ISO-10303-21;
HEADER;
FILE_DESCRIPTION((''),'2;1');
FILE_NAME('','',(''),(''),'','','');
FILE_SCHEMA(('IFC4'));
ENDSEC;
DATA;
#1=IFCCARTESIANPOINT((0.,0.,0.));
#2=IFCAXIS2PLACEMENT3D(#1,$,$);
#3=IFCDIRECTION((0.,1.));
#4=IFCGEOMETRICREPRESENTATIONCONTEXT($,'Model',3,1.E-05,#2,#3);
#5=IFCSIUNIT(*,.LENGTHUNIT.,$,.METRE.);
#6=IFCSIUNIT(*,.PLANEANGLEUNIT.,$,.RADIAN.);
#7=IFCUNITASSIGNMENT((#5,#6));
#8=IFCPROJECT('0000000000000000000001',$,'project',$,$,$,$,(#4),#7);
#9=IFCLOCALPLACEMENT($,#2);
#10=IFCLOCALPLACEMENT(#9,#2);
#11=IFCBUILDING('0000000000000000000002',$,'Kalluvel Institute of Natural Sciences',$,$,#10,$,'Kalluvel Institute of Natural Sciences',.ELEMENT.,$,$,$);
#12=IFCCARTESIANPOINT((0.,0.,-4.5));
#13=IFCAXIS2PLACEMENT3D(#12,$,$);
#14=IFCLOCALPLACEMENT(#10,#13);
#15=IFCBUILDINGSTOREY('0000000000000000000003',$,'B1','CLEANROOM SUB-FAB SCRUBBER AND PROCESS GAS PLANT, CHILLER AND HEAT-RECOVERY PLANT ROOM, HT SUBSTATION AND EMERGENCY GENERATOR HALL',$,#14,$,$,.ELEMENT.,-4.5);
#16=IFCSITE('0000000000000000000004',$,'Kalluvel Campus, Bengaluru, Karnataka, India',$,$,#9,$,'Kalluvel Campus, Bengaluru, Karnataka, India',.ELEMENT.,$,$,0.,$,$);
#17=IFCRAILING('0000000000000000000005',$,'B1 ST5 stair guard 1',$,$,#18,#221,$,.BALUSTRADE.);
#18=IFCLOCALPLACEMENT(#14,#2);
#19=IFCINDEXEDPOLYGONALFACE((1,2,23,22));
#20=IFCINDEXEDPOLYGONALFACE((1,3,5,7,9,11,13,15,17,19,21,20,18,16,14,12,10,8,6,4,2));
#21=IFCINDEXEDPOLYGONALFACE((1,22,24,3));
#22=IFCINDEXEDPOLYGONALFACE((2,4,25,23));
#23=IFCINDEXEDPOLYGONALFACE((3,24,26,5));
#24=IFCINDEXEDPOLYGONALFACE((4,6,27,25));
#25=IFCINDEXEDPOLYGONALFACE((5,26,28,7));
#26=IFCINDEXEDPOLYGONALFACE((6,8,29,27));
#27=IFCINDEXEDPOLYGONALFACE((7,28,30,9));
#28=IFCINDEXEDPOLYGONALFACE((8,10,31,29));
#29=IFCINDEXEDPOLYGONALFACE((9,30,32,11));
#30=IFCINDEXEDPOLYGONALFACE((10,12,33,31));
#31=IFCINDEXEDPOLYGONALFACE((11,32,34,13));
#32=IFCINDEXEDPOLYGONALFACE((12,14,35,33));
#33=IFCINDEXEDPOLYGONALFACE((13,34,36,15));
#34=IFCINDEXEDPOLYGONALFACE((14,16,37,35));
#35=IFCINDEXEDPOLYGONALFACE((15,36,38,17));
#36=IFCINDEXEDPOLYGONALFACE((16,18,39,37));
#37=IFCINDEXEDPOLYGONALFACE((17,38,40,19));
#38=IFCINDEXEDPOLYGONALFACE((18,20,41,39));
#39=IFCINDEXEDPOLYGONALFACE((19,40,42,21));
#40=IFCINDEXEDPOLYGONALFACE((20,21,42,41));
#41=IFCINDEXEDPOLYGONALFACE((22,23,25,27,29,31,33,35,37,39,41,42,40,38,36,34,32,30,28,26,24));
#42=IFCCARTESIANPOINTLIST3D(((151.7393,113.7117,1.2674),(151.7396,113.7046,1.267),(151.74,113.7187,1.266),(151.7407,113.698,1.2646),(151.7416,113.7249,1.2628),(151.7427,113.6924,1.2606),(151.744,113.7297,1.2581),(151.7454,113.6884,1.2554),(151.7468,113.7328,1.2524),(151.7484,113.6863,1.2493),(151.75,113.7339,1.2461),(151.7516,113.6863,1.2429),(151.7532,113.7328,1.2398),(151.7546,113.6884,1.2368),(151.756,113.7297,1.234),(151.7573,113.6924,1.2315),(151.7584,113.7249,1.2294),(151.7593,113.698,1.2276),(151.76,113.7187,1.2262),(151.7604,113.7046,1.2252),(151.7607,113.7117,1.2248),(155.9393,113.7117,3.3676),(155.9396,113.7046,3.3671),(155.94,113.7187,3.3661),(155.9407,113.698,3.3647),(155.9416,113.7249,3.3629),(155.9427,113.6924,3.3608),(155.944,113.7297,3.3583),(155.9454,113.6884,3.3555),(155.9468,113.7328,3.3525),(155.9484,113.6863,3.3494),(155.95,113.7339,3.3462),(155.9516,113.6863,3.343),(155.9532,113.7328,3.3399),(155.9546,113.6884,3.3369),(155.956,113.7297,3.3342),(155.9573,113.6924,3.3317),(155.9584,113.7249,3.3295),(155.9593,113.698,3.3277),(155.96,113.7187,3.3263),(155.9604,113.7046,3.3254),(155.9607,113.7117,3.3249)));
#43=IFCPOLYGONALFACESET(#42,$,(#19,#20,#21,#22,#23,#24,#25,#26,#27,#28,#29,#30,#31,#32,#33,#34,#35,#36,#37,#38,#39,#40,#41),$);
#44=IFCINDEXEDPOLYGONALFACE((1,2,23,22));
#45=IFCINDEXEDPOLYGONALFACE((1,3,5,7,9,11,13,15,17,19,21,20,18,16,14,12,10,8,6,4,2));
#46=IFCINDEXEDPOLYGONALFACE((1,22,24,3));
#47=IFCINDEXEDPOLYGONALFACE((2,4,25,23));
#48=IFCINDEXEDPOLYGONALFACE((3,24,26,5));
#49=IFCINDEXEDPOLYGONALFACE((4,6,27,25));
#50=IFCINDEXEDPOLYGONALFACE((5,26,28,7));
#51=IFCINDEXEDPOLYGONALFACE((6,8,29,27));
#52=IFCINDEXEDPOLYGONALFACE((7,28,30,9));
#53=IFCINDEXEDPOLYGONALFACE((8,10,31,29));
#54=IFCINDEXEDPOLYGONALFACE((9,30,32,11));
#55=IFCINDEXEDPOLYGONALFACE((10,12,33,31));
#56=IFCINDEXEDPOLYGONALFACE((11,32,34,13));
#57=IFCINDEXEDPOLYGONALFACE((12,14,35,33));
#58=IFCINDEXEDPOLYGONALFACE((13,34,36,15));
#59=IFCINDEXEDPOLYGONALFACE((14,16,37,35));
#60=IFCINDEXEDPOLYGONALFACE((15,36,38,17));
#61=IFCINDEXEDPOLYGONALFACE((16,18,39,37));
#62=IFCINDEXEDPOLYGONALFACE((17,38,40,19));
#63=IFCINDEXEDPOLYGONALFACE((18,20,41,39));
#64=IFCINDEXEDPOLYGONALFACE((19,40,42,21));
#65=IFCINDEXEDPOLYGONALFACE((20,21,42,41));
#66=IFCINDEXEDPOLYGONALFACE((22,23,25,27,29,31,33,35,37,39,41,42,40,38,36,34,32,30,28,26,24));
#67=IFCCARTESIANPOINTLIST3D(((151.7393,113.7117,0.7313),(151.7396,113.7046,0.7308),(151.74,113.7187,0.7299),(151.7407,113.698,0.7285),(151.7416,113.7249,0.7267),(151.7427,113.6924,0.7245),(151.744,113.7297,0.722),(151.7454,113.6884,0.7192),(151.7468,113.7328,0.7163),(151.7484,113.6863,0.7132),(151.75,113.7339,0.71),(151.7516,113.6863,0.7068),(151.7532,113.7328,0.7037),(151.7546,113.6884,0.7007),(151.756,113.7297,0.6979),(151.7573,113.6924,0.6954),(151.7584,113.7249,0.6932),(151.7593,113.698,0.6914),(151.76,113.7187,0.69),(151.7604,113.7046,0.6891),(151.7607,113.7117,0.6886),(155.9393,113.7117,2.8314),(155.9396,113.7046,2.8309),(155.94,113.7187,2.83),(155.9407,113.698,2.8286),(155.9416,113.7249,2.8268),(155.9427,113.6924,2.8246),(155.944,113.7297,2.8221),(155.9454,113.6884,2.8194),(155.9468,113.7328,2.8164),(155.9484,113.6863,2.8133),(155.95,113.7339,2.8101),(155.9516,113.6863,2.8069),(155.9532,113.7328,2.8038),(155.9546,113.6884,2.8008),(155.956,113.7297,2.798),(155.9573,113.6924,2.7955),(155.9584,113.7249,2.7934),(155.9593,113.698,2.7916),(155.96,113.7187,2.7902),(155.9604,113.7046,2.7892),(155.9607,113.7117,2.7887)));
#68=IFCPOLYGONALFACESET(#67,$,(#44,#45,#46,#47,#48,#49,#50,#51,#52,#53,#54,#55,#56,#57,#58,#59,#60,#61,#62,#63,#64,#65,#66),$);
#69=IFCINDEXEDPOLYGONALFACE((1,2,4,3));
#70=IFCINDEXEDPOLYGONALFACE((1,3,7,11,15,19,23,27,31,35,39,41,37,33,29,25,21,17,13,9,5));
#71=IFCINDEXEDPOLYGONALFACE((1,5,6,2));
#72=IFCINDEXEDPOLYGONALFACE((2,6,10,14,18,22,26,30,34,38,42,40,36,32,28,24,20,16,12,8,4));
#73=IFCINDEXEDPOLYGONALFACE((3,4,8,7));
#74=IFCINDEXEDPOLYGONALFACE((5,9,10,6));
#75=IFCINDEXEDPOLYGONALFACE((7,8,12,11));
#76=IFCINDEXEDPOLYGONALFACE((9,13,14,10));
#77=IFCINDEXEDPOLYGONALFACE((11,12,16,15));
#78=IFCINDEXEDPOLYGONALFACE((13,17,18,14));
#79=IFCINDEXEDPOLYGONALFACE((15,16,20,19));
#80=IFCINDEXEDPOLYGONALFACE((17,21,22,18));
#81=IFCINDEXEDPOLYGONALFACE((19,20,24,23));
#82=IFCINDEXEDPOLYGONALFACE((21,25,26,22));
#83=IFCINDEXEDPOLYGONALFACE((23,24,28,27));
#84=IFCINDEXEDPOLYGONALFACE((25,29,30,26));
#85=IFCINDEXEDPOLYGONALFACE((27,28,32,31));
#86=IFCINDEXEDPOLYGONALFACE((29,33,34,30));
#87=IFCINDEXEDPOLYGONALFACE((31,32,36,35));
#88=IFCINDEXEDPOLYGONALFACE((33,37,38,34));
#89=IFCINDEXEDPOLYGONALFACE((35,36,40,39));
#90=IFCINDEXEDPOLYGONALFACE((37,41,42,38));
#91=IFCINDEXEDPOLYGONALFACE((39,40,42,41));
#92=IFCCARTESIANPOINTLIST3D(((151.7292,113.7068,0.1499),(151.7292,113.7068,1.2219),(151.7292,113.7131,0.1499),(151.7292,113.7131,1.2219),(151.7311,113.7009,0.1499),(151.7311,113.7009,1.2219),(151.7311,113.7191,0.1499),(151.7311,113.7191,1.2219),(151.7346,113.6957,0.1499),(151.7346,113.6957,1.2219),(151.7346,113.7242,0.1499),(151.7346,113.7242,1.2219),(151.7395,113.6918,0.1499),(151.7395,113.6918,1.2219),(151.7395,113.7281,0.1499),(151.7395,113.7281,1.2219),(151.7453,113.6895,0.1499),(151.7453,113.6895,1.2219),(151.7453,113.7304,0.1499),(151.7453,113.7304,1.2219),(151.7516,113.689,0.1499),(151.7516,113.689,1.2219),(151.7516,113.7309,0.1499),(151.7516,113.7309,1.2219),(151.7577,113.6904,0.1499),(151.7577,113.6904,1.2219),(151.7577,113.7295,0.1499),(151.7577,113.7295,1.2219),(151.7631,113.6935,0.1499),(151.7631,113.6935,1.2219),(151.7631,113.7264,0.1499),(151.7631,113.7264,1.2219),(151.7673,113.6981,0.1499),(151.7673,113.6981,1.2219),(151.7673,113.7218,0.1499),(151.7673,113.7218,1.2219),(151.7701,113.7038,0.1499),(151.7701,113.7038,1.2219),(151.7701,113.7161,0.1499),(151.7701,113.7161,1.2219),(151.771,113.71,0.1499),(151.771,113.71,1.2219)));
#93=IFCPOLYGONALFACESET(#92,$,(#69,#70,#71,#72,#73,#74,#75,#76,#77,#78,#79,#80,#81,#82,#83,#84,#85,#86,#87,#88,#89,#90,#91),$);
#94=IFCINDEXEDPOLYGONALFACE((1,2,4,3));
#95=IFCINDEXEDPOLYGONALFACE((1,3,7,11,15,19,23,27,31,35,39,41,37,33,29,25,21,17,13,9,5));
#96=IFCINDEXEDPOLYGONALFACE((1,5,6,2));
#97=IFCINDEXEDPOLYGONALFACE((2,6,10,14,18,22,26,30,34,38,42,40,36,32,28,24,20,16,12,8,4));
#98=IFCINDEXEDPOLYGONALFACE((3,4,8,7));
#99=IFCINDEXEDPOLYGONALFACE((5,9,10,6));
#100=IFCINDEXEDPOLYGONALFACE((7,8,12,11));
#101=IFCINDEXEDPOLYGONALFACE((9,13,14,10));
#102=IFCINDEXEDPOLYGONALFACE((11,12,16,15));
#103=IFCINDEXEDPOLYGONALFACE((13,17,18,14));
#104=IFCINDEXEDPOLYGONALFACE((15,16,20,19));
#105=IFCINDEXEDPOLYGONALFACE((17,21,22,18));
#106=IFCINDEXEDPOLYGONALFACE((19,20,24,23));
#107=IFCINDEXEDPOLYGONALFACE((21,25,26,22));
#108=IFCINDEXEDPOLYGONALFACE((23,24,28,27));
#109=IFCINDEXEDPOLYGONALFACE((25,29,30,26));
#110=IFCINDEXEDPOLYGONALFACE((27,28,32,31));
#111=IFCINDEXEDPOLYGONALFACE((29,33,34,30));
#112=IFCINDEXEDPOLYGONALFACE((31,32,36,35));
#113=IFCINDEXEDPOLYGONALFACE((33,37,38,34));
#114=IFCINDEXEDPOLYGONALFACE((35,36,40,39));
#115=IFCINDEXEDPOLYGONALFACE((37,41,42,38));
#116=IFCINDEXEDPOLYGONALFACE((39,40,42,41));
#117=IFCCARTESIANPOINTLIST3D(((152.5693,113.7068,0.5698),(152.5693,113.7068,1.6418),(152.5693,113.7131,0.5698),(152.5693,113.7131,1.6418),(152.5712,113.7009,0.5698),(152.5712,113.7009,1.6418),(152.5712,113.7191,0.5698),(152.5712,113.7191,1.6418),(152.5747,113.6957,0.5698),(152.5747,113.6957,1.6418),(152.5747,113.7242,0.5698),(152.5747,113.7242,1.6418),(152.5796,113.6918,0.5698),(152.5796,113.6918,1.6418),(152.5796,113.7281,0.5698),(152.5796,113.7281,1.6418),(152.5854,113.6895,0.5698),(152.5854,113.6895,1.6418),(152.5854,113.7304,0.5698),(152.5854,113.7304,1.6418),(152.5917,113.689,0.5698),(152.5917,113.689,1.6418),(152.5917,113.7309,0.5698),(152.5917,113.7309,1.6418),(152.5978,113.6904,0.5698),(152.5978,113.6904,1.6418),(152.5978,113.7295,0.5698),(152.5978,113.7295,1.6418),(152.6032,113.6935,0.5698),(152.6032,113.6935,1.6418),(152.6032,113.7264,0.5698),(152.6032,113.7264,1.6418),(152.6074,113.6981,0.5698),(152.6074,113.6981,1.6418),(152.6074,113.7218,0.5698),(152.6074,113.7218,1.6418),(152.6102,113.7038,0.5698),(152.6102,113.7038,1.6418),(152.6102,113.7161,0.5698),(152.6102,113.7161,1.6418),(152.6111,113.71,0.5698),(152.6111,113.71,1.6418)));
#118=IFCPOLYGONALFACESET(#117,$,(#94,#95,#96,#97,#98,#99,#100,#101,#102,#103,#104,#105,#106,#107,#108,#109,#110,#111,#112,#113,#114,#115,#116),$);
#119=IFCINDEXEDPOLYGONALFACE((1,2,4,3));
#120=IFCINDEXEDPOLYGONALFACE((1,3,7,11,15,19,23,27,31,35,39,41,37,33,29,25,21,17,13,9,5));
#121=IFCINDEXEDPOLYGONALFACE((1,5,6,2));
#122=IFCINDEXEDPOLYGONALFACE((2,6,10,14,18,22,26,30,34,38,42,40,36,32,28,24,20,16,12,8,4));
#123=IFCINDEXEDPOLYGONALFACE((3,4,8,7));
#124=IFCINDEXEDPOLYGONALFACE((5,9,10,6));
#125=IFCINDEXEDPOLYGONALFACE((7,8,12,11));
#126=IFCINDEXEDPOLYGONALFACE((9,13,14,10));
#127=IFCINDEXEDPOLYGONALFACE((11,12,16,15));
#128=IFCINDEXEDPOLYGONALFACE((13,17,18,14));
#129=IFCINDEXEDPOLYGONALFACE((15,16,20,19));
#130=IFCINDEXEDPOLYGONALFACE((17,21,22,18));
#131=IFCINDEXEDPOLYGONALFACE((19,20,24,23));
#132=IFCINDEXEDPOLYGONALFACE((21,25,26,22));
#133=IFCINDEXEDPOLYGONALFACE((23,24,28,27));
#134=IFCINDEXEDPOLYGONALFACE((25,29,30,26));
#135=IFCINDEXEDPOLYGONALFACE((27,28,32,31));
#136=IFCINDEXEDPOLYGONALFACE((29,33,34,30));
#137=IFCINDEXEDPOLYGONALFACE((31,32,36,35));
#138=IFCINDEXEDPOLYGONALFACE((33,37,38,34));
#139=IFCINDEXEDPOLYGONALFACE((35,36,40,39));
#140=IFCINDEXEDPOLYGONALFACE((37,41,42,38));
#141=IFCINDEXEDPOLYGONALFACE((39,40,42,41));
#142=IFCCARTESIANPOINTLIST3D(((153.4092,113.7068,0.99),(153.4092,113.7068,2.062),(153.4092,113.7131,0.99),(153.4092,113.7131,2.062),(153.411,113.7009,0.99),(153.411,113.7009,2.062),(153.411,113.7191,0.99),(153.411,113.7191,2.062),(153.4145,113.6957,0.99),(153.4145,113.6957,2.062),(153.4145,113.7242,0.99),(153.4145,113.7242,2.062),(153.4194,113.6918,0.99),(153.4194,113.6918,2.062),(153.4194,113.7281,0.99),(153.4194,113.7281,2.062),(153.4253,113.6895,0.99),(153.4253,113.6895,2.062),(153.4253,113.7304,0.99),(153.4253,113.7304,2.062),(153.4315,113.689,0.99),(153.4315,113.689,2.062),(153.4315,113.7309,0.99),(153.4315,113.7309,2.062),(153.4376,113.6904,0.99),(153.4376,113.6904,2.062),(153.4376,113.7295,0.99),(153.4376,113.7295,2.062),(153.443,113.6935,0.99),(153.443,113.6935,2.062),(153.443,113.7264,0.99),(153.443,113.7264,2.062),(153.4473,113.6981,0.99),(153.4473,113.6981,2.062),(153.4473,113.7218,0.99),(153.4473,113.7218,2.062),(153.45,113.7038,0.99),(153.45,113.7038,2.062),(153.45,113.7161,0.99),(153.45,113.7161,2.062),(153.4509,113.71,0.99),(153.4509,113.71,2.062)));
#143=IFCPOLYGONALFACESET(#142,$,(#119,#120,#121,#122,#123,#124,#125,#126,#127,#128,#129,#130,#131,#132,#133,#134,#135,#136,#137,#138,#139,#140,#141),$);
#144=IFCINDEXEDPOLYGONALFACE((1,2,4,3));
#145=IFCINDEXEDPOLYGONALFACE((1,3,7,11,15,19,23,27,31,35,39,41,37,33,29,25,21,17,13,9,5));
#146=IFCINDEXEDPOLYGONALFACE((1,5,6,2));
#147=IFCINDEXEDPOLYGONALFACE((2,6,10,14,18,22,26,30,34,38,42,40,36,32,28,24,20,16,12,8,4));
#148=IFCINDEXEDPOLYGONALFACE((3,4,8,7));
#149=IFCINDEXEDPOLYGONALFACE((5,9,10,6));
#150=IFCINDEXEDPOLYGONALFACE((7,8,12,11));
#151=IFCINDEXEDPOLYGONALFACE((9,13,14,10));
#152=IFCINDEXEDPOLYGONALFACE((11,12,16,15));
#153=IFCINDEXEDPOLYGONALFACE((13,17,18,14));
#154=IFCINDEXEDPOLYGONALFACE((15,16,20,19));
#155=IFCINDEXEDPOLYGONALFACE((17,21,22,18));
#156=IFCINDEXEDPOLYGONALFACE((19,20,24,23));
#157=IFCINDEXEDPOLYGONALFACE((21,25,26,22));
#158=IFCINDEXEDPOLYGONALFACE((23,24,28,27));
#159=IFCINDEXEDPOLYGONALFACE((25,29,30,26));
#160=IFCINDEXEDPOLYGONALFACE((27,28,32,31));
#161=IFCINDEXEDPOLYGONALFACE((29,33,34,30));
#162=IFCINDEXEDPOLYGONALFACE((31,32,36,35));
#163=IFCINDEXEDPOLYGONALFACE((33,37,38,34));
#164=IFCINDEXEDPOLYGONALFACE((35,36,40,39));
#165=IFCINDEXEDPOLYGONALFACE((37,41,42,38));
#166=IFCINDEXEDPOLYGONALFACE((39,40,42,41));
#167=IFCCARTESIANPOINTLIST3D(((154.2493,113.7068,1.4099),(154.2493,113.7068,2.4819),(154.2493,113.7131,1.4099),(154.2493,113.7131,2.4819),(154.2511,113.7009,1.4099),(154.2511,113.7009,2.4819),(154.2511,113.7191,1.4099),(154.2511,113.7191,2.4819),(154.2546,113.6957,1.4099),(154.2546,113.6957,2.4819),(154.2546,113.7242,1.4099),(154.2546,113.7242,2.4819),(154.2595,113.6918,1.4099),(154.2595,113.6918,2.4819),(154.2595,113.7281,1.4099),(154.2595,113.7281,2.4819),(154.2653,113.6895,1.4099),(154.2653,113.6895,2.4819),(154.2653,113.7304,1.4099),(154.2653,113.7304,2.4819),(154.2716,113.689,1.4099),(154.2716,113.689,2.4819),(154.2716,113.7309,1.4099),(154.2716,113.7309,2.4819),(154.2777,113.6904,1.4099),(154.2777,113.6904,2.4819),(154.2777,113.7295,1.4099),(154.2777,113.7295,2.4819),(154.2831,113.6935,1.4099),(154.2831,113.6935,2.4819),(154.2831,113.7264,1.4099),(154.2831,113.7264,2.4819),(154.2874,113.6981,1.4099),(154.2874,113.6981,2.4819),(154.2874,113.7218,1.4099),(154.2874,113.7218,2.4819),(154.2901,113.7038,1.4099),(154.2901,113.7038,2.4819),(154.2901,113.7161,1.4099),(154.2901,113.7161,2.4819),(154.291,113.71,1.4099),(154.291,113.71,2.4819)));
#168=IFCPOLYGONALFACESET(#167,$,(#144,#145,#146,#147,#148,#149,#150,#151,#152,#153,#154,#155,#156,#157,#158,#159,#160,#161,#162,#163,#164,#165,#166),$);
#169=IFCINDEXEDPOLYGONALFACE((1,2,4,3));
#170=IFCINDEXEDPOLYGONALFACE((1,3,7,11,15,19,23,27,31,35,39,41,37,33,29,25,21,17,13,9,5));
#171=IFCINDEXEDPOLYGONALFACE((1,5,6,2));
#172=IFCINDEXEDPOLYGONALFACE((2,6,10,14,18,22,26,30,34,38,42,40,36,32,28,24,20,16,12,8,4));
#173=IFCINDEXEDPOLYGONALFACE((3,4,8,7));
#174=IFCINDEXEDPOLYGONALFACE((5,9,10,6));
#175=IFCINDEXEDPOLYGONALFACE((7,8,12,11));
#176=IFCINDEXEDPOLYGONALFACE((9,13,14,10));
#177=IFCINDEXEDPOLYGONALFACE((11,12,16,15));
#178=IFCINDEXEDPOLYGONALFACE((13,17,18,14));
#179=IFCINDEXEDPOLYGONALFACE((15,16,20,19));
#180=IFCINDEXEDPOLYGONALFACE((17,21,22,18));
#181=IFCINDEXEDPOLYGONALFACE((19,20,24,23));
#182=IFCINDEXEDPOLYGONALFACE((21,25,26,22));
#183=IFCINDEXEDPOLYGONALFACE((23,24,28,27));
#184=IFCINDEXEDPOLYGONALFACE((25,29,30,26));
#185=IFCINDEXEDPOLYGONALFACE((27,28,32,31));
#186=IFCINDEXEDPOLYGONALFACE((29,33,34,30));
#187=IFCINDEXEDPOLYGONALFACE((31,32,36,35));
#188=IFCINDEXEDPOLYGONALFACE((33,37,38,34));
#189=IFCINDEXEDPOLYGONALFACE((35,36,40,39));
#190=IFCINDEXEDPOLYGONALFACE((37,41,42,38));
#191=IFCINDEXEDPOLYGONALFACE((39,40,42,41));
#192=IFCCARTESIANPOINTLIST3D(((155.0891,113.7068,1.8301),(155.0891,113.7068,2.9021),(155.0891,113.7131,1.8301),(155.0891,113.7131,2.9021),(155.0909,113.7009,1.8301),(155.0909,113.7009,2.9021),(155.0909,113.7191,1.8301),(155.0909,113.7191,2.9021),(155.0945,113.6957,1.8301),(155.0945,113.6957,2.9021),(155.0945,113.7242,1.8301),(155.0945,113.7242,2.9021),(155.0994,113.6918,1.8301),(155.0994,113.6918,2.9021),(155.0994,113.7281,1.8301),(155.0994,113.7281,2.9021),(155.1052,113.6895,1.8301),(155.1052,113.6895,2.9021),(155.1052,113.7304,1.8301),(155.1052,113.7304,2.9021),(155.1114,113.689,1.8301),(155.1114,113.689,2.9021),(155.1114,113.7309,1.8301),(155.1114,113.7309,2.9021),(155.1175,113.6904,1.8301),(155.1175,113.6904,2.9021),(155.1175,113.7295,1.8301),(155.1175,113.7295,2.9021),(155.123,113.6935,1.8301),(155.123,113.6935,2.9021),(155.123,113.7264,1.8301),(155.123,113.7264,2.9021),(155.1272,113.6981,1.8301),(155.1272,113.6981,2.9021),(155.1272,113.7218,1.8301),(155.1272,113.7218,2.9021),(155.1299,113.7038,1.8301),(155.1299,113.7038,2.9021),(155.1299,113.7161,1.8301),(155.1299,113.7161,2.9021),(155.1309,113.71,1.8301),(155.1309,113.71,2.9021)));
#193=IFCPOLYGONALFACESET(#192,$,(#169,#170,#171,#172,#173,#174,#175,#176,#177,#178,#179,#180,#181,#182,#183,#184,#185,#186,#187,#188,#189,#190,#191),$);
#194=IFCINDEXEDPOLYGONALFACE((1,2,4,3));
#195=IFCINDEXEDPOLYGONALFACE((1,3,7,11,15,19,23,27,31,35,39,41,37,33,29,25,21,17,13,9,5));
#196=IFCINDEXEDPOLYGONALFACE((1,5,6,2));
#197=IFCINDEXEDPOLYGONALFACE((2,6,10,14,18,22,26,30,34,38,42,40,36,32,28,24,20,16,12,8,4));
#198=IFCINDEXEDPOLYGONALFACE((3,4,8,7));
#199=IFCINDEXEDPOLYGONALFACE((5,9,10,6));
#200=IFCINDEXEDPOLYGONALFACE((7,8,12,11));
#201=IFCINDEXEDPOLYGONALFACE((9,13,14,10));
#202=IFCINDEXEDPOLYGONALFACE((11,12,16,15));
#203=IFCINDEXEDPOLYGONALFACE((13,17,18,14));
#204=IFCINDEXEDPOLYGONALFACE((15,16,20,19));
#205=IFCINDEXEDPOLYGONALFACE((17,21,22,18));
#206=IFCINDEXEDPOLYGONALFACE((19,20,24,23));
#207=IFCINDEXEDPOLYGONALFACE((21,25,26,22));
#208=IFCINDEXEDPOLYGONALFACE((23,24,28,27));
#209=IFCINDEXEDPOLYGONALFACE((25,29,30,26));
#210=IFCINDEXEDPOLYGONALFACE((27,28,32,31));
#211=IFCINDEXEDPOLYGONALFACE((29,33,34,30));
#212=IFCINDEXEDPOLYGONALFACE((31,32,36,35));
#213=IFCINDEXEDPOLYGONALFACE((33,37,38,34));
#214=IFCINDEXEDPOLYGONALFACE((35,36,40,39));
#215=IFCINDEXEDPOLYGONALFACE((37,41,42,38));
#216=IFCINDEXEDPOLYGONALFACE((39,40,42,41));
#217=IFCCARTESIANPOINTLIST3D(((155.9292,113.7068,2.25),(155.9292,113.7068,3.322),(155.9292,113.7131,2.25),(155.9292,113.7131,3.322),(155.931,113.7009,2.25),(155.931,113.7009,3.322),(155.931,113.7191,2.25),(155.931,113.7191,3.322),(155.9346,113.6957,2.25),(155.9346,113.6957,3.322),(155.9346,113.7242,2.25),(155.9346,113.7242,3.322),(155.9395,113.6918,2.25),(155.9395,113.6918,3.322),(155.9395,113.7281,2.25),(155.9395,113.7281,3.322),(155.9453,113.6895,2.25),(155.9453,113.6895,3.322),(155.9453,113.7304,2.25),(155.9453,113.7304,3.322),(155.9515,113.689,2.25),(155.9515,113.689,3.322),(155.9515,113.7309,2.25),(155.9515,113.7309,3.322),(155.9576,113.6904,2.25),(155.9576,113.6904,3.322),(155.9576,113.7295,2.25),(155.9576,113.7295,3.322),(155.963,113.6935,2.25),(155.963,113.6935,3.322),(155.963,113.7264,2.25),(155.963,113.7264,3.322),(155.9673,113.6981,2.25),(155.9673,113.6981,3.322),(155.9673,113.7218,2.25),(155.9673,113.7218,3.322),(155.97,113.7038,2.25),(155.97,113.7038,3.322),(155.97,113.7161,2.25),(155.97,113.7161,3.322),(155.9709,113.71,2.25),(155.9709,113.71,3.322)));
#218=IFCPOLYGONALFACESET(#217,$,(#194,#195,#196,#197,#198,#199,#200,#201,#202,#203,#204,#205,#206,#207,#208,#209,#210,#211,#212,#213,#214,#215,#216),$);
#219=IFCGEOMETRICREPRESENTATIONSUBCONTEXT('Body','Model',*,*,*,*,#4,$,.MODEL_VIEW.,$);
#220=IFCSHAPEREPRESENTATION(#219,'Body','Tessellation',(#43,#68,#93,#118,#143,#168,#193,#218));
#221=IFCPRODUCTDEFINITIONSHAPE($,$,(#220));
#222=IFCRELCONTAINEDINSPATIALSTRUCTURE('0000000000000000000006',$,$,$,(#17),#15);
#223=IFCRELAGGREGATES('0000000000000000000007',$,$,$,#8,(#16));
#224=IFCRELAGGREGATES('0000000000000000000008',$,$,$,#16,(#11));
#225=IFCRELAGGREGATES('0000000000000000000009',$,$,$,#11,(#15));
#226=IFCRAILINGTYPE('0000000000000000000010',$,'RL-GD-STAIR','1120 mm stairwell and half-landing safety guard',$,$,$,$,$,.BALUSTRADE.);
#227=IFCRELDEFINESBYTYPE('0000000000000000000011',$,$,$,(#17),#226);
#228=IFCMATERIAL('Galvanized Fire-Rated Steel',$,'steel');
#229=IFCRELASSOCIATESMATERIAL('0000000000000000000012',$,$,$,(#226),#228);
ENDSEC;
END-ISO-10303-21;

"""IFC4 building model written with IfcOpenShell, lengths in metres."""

from ifc_helpers import new_model, si_unit, direction, frame, origin, origin_2d, place, context, subcontext, project, spatial, circle, extrude, material, type_object, element, save


model = new_model("IFC4")

# Units and contexts
model_context = context("Model", 3, precision=1e-05, world=origin(), true_north=direction((0.0, 1.0)))
body_context = subcontext(model_context, "Body", "Model", "MODEL_VIEW")
ifc_project = project(units=[si_unit("LENGTHUNIT", "METRE"), si_unit("PLANEANGLEUNIT", "RADIAN")], contexts=[model_context])

# Site, building, storey
site_placement = place(None, origin())
site = spatial("IfcSite", under=ifc_project, at=site_placement, Name="Kalluvel Campus, Bengaluru, Karnataka, India", LongName="Kalluvel Campus, Bengaluru, Karnataka, India", CompositionType="ELEMENT", RefElevation=0.0)
building_placement = place(site_placement, origin())
building = spatial("IfcBuilding", under=site, at=building_placement, Name="Kalluvel Institute of Natural Sciences", LongName="Kalluvel Institute of Natural Sciences", CompositionType="ELEMENT")
storey_placement = place(building_placement, frame((0.0, 0.0, -4.5)))
storey = spatial("IfcBuildingStorey", under=building, at=storey_placement, Name="B1", Description="CLEANROOM SUB-FAB SCRUBBER AND PROCESS GAS PLANT, CHILLER AND HEAT-RECOVERY PLANT ROOM, HT SUBSTATION AND EMERGENCY GENERATOR HALL", CompositionType="ELEMENT", Elevation=-4.5)

# Shared definitions
ifc_material_1 = material(Name="Galvanized Fire-Rated Steel", Category="steel")

# Railing
railing_type_1 = type_object("IfcRailingType", Name="RL-GD-STAIR", Description="1120 mm stairwell and half-landing safety guard", PredefinedType="BALUSTRADE", material=ifc_material_1)
railing_1_placement = place(storey_placement, frame((151.75, 113.71, 0.1499)))
element("IfcRailing", 1, at=railing_1_placement, inside=storey, type_object=railing_type_1, Name="B1 ST5 stair guard 1", PredefinedType="BALUSTRADE", context=body_context, shape_type="SweptSolid", body=[
    extrude(circle(Radius=0.0239, at=origin_2d()), frame((0.0, 0.0, 1.0962), z_axis=(0.894417, 0.0, 0.447234), x_axis=(0.0, 1.0, 0.0)), (0.0, 0.0, 1.0), 4.6958),
    extrude(circle(Radius=0.0239, at=origin_2d()), frame((0.0, 0.0, 0.5601), z_axis=(0.894417, 0.0, 0.447234), x_axis=(0.0, 1.0, 0.0)), (0.0, 0.0, 1.0), 4.6958),
    extrude(circle(Radius=0.021, at=origin_2d()), origin(), (0.0, 0.0, 1.0), 1.072),
    extrude(circle(Radius=0.021, at=origin_2d()), frame((0.8401, 0.0, 0.4199)), (0.0, 0.0, 1.0), 1.072),
    extrude(circle(Radius=0.021, at=origin_2d()), frame((1.6799, 0.0, 0.8401)), (0.0, 0.0, 1.0), 1.072),
    extrude(circle(Radius=0.021, at=origin_2d()), frame((2.52, 0.0, 1.26)), (0.0, 0.0, 1.0), 1.072),
    extrude(circle(Radius=0.021, at=origin_2d()), frame((3.3599, 0.0, 1.6802)), (0.0, 0.0, 1.0), 1.072),
    extrude(circle(Radius=0.021, at=origin_2d()), frame((4.2, 0.0, 2.1001)), (0.0, 0.0, 1.0), 1.072),
])

save(model, "model.ifc")
